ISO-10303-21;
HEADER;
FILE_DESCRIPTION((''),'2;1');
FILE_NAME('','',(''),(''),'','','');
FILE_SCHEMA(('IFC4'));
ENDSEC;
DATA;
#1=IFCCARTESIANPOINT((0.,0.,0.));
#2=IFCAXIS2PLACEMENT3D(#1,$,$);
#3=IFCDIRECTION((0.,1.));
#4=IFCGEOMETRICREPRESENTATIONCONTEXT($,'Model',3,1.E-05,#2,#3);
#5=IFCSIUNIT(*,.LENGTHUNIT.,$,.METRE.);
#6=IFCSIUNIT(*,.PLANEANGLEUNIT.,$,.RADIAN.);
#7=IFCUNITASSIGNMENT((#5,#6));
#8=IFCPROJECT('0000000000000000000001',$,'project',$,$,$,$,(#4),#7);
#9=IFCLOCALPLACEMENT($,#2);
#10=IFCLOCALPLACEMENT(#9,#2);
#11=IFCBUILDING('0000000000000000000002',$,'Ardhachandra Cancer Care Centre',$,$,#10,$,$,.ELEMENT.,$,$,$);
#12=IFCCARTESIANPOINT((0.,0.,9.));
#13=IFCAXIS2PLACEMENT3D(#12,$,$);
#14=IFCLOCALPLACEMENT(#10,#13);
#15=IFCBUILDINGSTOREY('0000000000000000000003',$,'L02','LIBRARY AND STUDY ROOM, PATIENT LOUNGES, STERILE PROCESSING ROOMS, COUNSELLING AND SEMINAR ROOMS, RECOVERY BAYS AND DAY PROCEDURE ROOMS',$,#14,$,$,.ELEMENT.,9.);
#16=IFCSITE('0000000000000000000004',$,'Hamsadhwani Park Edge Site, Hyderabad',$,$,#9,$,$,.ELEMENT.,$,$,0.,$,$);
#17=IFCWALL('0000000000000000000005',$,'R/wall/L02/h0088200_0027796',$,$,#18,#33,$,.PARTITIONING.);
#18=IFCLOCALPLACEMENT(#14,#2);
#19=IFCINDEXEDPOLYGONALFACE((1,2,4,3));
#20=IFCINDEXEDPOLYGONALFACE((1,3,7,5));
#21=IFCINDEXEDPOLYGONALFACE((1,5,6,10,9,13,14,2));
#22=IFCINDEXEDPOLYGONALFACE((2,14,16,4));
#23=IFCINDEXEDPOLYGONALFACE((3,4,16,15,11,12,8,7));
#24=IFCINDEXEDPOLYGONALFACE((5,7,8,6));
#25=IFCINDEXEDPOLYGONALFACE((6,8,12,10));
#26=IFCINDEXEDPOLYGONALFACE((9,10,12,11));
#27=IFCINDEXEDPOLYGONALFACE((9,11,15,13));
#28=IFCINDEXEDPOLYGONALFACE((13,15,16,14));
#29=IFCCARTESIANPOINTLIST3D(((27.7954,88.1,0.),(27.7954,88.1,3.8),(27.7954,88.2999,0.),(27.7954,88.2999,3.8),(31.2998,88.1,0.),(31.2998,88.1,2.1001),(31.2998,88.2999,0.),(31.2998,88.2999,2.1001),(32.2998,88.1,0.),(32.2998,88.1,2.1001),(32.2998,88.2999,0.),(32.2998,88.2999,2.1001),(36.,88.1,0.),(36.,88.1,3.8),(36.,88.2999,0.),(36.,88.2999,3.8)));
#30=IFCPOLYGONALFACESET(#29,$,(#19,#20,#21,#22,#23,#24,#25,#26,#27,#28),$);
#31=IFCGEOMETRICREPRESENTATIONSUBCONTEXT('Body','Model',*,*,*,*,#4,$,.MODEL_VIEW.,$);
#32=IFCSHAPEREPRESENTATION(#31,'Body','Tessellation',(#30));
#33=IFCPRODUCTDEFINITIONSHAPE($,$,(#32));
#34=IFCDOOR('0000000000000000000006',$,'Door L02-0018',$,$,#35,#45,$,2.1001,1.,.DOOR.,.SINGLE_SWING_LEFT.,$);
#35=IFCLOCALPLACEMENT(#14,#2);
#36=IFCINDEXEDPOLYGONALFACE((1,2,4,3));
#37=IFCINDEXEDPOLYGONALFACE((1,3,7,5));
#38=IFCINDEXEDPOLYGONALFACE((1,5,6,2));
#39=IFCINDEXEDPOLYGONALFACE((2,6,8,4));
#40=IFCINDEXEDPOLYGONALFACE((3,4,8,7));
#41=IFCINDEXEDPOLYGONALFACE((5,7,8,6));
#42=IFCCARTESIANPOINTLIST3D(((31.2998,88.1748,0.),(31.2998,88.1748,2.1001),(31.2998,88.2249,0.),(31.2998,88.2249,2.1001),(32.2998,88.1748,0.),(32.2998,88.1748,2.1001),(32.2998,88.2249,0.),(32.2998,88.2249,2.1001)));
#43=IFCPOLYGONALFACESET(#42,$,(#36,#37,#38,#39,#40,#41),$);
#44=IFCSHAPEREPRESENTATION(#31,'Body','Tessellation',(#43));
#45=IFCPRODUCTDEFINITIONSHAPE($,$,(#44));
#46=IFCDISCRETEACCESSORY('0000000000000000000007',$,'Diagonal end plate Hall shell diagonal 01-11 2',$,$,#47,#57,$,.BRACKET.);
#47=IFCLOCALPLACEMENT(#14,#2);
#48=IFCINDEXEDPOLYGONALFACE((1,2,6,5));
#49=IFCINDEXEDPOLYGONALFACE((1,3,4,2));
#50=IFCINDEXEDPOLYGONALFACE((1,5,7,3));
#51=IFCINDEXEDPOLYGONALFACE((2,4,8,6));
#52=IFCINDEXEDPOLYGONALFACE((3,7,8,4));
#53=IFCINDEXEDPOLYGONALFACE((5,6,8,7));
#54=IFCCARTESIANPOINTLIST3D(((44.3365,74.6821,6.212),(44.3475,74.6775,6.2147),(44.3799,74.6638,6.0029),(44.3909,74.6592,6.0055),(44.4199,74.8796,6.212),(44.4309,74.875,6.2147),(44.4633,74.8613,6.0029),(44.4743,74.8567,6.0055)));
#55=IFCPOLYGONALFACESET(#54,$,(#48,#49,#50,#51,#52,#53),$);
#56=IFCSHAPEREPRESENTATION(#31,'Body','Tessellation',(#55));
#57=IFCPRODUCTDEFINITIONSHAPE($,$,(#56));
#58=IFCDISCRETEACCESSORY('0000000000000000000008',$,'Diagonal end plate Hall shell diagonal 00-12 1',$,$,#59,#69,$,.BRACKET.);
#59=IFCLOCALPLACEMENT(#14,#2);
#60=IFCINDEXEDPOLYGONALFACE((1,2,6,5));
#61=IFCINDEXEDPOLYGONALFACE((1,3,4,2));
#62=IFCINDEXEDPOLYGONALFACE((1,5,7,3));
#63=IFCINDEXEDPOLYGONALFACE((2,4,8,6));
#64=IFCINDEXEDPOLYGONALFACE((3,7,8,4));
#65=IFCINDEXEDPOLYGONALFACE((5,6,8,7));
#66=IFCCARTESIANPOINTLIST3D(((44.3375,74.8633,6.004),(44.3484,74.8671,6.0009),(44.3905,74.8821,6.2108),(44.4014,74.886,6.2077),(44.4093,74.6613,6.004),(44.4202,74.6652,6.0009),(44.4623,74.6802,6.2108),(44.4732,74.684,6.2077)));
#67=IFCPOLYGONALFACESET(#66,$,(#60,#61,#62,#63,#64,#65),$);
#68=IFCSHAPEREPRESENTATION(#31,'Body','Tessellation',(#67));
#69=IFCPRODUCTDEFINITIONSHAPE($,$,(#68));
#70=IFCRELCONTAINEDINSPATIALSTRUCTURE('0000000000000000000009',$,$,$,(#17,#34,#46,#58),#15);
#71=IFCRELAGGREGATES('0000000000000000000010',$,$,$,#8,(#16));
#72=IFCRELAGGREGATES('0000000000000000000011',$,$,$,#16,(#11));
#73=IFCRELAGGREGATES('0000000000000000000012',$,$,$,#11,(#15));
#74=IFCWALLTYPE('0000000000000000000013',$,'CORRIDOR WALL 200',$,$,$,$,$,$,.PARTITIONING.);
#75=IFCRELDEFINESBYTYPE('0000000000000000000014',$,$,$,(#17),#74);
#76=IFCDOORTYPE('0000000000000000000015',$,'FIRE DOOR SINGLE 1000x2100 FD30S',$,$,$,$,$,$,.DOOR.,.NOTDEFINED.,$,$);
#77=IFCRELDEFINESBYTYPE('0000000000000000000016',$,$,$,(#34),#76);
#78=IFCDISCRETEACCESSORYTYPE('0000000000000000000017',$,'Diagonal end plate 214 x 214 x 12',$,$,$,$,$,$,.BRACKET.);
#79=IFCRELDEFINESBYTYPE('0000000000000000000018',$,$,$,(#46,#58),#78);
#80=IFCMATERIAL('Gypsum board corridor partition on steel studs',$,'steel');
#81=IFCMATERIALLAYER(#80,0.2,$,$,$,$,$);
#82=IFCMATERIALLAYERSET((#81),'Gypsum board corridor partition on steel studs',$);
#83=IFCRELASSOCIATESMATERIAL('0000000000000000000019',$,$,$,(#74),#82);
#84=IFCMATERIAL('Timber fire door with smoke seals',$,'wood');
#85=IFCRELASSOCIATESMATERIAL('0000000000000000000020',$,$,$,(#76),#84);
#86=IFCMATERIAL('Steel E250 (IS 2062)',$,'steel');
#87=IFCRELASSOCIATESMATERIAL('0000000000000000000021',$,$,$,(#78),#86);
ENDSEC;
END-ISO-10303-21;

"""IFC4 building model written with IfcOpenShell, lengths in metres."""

from ifc_helpers import new_model, si_unit, direction, frame, frame_2d, origin, origin_2d, place, context, subcontext, project, spatial, rectangle, extrude, material, layer, layer_set, material_profile, profile_set, type_object, element, fill, save


model = new_model("IFC4")

# Units and contexts
model_context = context("Model", 3, precision=1e-05, world=origin(), true_north=direction((0.0, 1.0)))
body_context = subcontext(model_context, "Body", "Model", "MODEL_VIEW")
ifc_project = project(units=[si_unit("LENGTHUNIT", "METRE"), si_unit("PLANEANGLEUNIT", "RADIAN")], contexts=[model_context])

# Site, building, storey
site_placement = place(None, origin())
site = spatial("IfcSite", under=ifc_project, at=site_placement, Name="Hamsadhwani Park Edge Site, Hyderabad", CompositionType="ELEMENT", RefElevation=0.0)
building_placement = place(site_placement, origin())
building = spatial("IfcBuilding", under=site, at=building_placement, Name="Ardhachandra Cancer Care Centre", CompositionType="ELEMENT")
storey_placement = place(building_placement, frame((0.0, 0.0, 9.0)))
storey = spatial("IfcBuildingStorey", under=building, at=storey_placement, Name="L02", Description="LIBRARY AND STUDY ROOM, PATIENT LOUNGES, STERILE PROCESSING ROOMS, COUNSELLING AND SEMINAR ROOMS, RECOVERY BAYS AND DAY PROCEDURE ROOMS", CompositionType="ELEMENT", Elevation=9.0)

# Shared definitions
ifc_material_1 = material(Name="Gypsum board corridor partition on steel studs", Category="steel")
ifc_layer = layer(ifc_material_1, 0.2)
ifc_layer_set = layer_set([ifc_layer], Name="Gypsum board corridor partition on steel studs")
wall_type = type_object("IfcWallType", Name="CORRIDOR WALL 200", PredefinedType="PARTITIONING", material=ifc_layer_set)
ifc_material_2 = material(Name="Timber fire door with smoke seals", Category="wood")
door_type_1 = type_object("IfcDoorType", Name="FIRE DOOR SINGLE 1000x2100 FD30S", OperationType="NOTDEFINED", PredefinedType="DOOR", material=ifc_material_2)

# Wall, opening, door
wall_1_placement = place(storey_placement, frame((27.7954, 88.2, 0.0), z_axis=(0.0, 0.0, 1.0), x_axis=(1.0, 0.0, 0.0)))
wall_1 = element("IfcWall", 1, at=wall_1_placement, inside=storey, type_object=wall_type, Name="R/wall/L02/h0088200_0027796", PredefinedType="PARTITIONING", context=body_context, shape_type="SweptSolid", body=[
    extrude(rectangle(XDim=8.2046, YDim=0.2, at=frame_2d((4.1023, 0.0))), origin(), (0.0, 0.0, 1.0), 3.8),
])
opening_1_placement = place(wall_1_placement, frame((3.5044, 0.0, 0.0)))
opening_1 = element("IfcOpeningElement", 2, at=opening_1_placement, cuts=wall_1, PredefinedType="OPENING", context=body_context, shape_type="SweptSolid", body=[
    extrude(rectangle(XDim=1.0, YDim=2.1001, at=frame_2d((0.5, 1.05))), frame((0.0, 0.1099, 0.0), z_axis=(0.0, -1.0, 0.0), x_axis=(1.0, 0.0, 0.0)), (0.0, 0.0, 1.0), 0.22),
])
door_1_placement = place(opening_1_placement, origin())
door_1 = element("IfcDoor", 3, at=door_1_placement, inside=storey, type_object=door_type_1, Name="Door L02-0018", OperationType="SINGLE_SWING_LEFT", OverallHeight=2.1001, OverallWidth=1.0, PredefinedType="DOOR", context=body_context, shape_type="SweptSolid", body=[
    extrude(rectangle(XDim=1.0, YDim=2.1001, at=frame_2d((0.5, 1.05))), frame((0.0, 0.0249, 0.0), z_axis=(0.0, -1.0, 0.0), x_axis=(1.0, 0.0, 0.0)), (0.0, 0.0, 1.0), 0.05),
])
fill(opening_1, door_1)

# Discrete accessories
ifc_material_3 = material(Name="Steel E250 (IS 2062)", Category="steel")
ifc_material_profile_1 = material_profile(ifc_material_3, rectangle(XDim=0.2144, YDim=0.2144, at=origin_2d()), Name="PL 214x214x12")
ifc_profile_set_1 = profile_set([ifc_material_profile_1], Name="Steel E250 (IS 2062)")
discrete_accessory_type = type_object("IfcDiscreteAccessoryType", Name="Diagonal end plate 214 x 214 x 12", PredefinedType="BRACKET", material=ifc_profile_set_1)
discrete_accessory_1_placement = place(storey_placement, frame((44.3999, 74.7717, 6.1074), z_axis=(0.898743, -0.379469, 0.219693), x_axis=(0.388972, 0.92125, 0.0)))
element("IfcDiscreteAccessory", 4, at=discrete_accessory_1_placement, inside=storey, type_object=discrete_accessory_type, Name="Diagonal end plate Hall shell diagonal 01-11 2", PredefinedType="BRACKET", context=body_context, shape_type="SweptSolid", body=[
    extrude(rectangle(XDim=0.2144, YDim=0.2144, at=origin_2d()), origin(), (0.0, 0.0, 1.0), 0.0122),
])
discrete_accessory_2_placement = place(storey_placement, frame((44.3999, 74.7717, 6.1074), z_axis=(0.909137, 0.323249, -0.26264), x_axis=(-0.33501, 0.942215, 0.0)))
element("IfcDiscreteAccessory", 5, at=discrete_accessory_2_placement, inside=storey, type_object=discrete_accessory_type, Name="Diagonal end plate Hall shell diagonal 00-12 1", PredefinedType="BRACKET", context=body_context, shape_type="SweptSolid", body=[
    extrude(rectangle(XDim=0.2144, YDim=0.2144, at=origin_2d()), origin(), (0.0, 0.0, 1.0), 0.012),
])

save(model, "model.ifc")
